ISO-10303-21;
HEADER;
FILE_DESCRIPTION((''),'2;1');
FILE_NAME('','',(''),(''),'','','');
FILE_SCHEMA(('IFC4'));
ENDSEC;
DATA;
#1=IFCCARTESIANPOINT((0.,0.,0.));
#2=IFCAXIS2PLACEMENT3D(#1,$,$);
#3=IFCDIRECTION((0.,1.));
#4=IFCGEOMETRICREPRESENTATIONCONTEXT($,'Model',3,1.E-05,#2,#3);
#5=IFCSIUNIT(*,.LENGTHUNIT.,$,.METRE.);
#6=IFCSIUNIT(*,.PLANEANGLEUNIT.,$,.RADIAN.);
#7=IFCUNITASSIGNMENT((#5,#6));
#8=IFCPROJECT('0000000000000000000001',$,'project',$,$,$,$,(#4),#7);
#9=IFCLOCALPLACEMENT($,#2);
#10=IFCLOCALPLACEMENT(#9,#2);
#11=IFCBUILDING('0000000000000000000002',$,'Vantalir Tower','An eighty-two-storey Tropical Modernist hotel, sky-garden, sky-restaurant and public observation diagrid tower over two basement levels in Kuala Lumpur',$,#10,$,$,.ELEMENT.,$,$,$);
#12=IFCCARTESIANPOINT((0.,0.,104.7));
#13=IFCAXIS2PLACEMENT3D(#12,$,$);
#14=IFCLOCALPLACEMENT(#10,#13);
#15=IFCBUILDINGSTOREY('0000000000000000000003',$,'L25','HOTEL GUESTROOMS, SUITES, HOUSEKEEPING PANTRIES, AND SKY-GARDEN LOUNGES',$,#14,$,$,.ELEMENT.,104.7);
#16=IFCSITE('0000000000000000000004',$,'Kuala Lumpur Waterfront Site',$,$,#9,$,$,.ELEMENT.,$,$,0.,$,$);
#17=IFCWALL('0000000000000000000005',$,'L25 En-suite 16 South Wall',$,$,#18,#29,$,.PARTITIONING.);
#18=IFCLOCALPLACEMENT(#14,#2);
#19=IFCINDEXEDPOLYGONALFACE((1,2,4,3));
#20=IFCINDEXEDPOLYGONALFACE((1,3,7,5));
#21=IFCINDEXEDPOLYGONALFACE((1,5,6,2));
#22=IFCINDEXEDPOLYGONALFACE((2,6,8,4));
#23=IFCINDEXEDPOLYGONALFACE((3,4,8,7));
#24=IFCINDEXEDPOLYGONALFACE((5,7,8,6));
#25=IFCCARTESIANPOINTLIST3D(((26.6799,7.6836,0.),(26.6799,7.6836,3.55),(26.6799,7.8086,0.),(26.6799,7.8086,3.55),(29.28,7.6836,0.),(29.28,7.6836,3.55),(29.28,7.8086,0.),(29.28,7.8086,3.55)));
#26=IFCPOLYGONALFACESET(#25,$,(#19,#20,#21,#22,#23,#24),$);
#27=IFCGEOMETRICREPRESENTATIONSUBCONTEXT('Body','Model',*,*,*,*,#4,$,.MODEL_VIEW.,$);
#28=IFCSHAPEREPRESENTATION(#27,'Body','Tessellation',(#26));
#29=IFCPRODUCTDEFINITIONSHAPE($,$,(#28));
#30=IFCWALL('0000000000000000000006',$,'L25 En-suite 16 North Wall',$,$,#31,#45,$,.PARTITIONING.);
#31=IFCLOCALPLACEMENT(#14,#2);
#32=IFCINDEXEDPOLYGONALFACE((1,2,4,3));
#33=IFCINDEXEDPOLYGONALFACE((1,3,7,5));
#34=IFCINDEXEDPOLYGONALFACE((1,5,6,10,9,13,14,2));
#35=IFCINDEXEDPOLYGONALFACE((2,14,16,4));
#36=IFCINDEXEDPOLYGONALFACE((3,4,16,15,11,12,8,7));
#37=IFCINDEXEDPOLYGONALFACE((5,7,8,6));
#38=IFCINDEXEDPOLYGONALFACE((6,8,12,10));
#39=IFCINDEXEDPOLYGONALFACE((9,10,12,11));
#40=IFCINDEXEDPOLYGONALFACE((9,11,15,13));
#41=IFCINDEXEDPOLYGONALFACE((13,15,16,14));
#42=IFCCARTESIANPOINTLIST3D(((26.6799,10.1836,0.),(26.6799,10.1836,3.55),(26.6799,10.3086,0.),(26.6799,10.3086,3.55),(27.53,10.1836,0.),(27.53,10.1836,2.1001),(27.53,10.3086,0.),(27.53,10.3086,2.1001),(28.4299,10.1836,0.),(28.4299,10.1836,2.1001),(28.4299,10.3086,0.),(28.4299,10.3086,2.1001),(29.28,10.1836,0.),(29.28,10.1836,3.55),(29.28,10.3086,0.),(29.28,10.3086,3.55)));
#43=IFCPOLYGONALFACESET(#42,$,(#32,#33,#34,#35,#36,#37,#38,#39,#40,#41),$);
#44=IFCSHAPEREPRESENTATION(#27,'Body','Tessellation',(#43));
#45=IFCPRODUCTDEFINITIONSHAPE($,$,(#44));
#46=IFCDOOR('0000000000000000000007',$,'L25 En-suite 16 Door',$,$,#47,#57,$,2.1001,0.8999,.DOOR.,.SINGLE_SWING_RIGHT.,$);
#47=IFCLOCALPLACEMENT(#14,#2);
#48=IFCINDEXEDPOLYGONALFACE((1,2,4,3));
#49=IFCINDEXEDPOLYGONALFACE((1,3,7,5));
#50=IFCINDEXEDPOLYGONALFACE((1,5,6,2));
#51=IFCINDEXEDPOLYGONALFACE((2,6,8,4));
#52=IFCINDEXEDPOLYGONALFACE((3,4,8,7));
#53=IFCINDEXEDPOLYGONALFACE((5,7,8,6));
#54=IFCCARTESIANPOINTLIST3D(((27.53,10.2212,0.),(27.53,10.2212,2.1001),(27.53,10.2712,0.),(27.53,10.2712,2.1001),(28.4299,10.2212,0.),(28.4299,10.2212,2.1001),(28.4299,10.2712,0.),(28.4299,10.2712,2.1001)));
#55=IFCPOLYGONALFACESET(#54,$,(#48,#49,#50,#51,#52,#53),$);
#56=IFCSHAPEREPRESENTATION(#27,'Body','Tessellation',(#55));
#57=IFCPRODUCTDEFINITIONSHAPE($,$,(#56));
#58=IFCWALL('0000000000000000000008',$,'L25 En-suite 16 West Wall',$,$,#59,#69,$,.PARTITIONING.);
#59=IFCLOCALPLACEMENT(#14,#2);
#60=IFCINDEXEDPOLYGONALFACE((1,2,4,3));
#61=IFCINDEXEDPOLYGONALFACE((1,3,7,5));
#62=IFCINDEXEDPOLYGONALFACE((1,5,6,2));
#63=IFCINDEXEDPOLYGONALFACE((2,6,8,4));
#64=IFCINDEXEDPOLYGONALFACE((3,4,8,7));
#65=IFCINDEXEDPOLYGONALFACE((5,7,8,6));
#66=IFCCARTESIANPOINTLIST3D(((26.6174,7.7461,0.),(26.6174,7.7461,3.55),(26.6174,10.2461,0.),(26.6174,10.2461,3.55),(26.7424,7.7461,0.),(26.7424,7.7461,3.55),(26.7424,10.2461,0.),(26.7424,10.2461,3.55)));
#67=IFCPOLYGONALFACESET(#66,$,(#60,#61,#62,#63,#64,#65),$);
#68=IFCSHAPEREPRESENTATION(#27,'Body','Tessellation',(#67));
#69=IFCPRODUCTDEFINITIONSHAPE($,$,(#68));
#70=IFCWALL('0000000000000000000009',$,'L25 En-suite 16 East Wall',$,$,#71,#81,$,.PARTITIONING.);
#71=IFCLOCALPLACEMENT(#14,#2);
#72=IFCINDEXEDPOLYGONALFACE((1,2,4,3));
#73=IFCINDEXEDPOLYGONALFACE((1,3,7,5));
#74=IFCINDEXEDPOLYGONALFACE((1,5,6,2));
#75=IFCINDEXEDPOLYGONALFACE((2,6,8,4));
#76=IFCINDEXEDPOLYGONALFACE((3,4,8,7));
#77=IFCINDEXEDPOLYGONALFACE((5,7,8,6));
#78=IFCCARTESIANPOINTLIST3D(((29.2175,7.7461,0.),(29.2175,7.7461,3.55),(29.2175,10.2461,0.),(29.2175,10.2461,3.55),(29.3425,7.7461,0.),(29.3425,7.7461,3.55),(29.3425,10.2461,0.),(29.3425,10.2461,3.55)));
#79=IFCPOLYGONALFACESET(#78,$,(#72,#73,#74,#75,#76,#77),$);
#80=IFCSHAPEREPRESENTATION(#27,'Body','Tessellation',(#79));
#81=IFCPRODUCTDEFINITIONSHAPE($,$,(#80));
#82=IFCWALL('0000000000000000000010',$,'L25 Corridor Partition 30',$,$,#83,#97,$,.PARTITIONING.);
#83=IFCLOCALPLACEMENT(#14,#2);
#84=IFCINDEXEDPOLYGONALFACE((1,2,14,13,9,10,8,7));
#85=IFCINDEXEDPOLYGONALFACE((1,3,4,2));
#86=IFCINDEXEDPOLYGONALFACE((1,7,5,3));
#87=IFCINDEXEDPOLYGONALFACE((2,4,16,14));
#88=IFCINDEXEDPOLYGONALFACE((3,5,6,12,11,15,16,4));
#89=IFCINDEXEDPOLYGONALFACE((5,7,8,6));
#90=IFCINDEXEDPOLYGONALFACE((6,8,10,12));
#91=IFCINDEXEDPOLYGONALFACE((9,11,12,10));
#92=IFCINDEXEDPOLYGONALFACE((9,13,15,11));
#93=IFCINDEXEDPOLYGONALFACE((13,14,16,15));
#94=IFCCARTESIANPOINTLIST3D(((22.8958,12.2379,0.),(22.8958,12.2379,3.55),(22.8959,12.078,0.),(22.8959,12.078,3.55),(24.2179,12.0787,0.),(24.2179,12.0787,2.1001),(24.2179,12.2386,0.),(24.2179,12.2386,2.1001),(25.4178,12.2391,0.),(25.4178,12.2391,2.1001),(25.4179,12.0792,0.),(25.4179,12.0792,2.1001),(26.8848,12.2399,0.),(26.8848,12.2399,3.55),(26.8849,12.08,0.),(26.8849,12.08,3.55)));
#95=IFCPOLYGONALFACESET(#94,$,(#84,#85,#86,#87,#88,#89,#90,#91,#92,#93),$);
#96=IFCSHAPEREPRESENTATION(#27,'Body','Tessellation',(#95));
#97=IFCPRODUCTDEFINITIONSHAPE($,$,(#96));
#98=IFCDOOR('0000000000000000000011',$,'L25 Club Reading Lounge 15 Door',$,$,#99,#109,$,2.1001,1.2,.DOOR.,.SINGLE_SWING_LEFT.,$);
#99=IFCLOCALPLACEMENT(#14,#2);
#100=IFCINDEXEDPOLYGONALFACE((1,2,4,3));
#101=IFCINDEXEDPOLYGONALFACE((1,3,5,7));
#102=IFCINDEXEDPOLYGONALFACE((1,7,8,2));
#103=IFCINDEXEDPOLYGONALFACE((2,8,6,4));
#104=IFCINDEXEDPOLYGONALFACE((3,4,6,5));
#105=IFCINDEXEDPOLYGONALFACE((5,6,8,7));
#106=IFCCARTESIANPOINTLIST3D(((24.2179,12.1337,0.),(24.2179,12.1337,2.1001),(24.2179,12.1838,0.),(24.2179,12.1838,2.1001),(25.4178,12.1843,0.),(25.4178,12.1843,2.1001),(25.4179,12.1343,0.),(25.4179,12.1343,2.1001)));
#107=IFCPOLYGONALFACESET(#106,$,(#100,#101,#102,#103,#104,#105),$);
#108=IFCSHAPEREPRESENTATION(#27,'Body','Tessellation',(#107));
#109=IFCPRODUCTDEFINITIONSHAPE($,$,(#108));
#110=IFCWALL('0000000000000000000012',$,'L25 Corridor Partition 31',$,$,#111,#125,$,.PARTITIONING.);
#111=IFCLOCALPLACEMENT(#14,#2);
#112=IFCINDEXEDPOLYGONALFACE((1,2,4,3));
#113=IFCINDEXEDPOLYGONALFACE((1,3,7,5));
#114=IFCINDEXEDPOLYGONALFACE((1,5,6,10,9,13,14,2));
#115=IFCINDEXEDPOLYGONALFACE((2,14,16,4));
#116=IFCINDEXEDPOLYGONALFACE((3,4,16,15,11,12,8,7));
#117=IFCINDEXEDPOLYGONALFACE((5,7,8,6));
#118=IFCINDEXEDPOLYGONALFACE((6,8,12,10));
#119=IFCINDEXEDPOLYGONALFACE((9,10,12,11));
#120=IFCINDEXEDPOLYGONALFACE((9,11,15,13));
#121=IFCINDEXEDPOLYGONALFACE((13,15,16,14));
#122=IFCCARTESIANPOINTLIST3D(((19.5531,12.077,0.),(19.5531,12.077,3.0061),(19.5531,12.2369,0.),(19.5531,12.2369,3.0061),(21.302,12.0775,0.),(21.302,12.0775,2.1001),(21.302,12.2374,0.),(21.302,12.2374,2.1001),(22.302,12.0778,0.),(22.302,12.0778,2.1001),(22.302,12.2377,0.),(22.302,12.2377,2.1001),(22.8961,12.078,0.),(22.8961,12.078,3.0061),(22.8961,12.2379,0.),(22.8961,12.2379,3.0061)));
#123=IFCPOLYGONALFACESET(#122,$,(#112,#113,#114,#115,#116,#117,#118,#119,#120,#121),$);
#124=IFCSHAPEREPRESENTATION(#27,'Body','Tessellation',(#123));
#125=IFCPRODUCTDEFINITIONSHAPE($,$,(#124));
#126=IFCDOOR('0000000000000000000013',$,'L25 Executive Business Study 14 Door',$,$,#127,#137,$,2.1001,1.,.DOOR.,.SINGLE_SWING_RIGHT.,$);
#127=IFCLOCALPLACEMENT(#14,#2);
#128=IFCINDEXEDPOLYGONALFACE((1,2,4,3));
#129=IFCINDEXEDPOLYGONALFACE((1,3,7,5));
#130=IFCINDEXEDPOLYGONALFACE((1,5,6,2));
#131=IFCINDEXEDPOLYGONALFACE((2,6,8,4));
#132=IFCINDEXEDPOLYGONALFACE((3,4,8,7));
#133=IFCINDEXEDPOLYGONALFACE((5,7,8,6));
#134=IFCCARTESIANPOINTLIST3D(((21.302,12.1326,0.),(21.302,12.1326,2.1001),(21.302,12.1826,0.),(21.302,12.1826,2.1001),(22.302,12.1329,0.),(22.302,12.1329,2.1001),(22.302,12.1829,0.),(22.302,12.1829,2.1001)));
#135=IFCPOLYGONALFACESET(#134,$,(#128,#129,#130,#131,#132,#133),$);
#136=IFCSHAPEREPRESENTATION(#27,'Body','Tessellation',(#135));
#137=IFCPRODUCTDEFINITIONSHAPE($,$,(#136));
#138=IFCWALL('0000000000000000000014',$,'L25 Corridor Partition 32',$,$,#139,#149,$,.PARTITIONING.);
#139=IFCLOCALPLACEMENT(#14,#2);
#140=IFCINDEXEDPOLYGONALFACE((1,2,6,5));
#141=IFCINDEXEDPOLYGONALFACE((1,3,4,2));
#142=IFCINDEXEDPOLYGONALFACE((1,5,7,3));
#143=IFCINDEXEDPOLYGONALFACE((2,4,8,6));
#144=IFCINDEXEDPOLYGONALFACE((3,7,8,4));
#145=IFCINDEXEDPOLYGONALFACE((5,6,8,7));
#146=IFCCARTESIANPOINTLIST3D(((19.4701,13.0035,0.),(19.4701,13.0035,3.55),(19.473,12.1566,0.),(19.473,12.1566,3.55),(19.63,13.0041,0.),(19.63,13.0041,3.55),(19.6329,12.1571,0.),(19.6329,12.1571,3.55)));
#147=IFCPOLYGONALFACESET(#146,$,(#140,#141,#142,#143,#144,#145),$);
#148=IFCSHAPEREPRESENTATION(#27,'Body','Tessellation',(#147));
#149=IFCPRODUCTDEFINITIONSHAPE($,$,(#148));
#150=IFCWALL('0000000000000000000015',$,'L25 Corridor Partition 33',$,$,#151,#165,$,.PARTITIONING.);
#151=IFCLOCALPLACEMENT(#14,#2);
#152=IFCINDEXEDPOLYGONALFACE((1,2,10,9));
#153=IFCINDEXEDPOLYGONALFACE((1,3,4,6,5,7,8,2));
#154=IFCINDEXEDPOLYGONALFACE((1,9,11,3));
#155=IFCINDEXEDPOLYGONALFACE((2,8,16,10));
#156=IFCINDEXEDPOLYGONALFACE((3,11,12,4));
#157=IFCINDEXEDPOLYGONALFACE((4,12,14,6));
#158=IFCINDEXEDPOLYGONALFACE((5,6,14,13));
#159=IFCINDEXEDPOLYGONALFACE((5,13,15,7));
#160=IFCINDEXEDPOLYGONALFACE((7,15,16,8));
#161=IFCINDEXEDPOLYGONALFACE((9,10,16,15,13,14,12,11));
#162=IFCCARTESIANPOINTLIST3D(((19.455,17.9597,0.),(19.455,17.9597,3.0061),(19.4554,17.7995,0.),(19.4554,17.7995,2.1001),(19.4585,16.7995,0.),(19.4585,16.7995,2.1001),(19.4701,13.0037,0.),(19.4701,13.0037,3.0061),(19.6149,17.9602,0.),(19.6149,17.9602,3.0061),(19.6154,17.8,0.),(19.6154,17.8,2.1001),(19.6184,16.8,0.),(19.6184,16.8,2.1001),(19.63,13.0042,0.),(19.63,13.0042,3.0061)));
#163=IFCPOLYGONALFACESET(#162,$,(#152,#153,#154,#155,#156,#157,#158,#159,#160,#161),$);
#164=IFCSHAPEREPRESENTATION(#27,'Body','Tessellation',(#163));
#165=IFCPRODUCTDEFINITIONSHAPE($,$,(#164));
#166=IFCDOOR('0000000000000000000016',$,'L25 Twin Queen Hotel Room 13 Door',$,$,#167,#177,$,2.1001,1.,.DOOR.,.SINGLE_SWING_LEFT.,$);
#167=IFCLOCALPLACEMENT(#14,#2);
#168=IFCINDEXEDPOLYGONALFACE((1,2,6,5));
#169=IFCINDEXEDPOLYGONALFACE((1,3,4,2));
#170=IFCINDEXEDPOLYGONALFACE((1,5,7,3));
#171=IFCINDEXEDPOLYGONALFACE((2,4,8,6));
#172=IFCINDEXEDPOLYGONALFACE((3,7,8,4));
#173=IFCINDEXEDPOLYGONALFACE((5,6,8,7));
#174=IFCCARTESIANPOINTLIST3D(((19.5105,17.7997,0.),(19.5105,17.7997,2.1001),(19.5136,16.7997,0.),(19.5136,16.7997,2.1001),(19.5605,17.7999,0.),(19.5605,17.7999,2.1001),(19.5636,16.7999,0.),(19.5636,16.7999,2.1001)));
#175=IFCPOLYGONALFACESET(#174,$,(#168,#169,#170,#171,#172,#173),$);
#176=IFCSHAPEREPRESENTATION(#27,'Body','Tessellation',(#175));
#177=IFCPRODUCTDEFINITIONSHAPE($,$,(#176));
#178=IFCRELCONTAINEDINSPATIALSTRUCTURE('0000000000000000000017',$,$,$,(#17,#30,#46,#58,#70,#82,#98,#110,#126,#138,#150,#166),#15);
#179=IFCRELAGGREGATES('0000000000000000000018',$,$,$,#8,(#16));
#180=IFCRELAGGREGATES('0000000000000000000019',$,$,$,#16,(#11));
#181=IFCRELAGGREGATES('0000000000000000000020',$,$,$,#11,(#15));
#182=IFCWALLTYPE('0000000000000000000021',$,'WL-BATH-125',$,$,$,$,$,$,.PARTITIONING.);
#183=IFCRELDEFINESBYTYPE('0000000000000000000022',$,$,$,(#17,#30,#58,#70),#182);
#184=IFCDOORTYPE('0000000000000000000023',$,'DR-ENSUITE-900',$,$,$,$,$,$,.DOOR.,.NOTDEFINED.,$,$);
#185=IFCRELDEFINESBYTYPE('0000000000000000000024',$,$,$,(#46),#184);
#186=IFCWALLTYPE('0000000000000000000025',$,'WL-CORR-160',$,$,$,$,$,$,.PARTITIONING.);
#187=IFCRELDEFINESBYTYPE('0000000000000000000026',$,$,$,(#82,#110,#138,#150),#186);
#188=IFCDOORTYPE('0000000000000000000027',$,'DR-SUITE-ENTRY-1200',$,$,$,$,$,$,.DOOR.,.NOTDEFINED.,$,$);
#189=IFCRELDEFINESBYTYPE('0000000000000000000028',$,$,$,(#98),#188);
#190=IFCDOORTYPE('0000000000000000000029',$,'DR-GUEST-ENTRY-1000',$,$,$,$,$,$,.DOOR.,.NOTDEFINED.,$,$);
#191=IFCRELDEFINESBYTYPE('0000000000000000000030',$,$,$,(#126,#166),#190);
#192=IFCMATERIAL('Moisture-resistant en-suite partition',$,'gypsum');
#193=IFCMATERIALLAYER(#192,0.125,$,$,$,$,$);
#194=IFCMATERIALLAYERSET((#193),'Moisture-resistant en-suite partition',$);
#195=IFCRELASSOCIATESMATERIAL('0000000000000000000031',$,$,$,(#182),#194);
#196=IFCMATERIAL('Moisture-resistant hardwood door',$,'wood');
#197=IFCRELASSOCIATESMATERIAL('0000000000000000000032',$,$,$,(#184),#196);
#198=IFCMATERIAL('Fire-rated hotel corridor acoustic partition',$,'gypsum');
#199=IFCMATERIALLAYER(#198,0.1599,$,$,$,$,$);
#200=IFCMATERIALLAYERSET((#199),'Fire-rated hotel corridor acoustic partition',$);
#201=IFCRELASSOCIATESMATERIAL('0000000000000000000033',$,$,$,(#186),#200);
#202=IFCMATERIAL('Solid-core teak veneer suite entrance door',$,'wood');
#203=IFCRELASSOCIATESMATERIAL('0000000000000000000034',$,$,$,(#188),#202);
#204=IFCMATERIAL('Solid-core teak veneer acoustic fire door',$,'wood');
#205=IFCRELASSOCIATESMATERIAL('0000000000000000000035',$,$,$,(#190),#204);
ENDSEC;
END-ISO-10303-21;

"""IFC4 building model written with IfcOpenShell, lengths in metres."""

from ifc_helpers import new_model, si_unit, direction, frame, frame_2d, origin, place, context, subcontext, project, spatial, rectangle, extrude, material, layer, layer_set, type_object, element, fill, save


model = new_model("IFC4")

# Units and contexts
model_context = context("Model", 3, precision=1e-05, world=origin(), true_north=direction((0.0, 1.0)))
body_context = subcontext(model_context, "Body", "Model", "MODEL_VIEW")
ifc_project = project(units=[si_unit("LENGTHUNIT", "METRE"), si_unit("PLANEANGLEUNIT", "RADIAN")], contexts=[model_context])

# Site, building, storey
site_placement = place(None, origin())
site = spatial("IfcSite", under=ifc_project, at=site_placement, Name="Kuala Lumpur Waterfront Site", CompositionType="ELEMENT", RefElevation=0.0)
building_placement = place(site_placement, origin())
building = spatial("IfcBuilding", under=site, at=building_placement, Name="Vantalir Tower", Description="An eighty-two-storey Tropical Modernist hotel, sky-garden, sky-restaurant and public observation diagrid tower over two basement levels in Kuala Lumpur", CompositionType="ELEMENT")
storey_placement = place(building_placement, frame((0.0, 0.0, 104.7)))
storey = spatial("IfcBuildingStorey", under=building, at=storey_placement, Name="L25", Description="HOTEL GUESTROOMS, SUITES, HOUSEKEEPING PANTRIES, AND SKY-GARDEN LOUNGES", CompositionType="ELEMENT", Elevation=104.7)

# Wall
ifc_material_1 = material(Name="Moisture-resistant en-suite partition", Category="gypsum")
ifc_layer_1 = layer(ifc_material_1, 0.125)
ifc_layer_set_1 = layer_set([ifc_layer_1], Name="Moisture-resistant en-suite partition")
wall_type_1 = type_object("IfcWallType", Name="WL-BATH-125", PredefinedType="PARTITIONING", material=ifc_layer_set_1)
wall_1_placement = place(storey_placement, frame((26.6799, 7.7461, 0.0), z_axis=(0.0, 0.0, 1.0), x_axis=(1.0, 0.0, 0.0)))
element("IfcWall", 1, at=wall_1_placement, inside=storey, type_object=wall_type_1, Name="L25 En-suite 16 South Wall", PredefinedType="PARTITIONING", context=body_context, shape_type="SweptSolid", body=[
    extrude(rectangle(XDim=2.6001, YDim=0.125, at=frame_2d((1.3, 0.0))), origin(), (0.0, 0.0, 1.0), 3.55),
])

# Wall, opening, door
wall_2_placement = place(storey_placement, frame((26.6799, 10.2461, 0.0), z_axis=(0.0, 0.0, 1.0), x_axis=(1.0, 0.0, 0.0)))
wall_2 = element("IfcWall", 2, at=wall_2_placement, inside=storey, type_object=wall_type_1, Name="L25 En-suite 16 North Wall", PredefinedType="PARTITIONING", context=body_context, shape_type="SweptSolid", body=[
    extrude(rectangle(XDim=2.6001, YDim=0.125, at=frame_2d((1.3, 0.0))), origin(), (0.0, 0.0, 1.0), 3.55),
])
opening_1_placement = place(wall_2_placement, frame((0.8501, 0.0, 0.0)))
opening_1 = element("IfcOpeningElement", 3, at=opening_1_placement, cuts=wall_2, PredefinedType="OPENING", context=body_context, shape_type="SweptSolid", body=[
    extrude(rectangle(XDim=0.8999, YDim=2.1001, at=frame_2d((0.45, 1.05))), frame((0.0, 0.0725, 0.0), z_axis=(0.0, -1.0, 0.0), x_axis=(1.0, 0.0, 0.0)), (0.0, 0.0, 1.0), 0.145),
])
ifc_material_2 = material(Name="Moisture-resistant hardwood door", Category="wood")
door_type_1 = type_object("IfcDoorType", Name="DR-ENSUITE-900", OperationType="NOTDEFINED", PredefinedType="DOOR", material=ifc_material_2)
door_1_placement = place(opening_1_placement, frame((0.8999, 0.0, 0.0), z_axis=(0.0, 0.0, 1.0), x_axis=(-1.0, 0.0, 0.0)))
door_1 = element("IfcDoor", 4, at=door_1_placement, inside=storey, type_object=door_type_1, Name="L25 En-suite 16 Door", OperationType="SINGLE_SWING_RIGHT", OverallHeight=2.1001, OverallWidth=0.8999, PredefinedType="DOOR", context=body_context, shape_type="SweptSolid", body=[
    extrude(rectangle(XDim=0.8999, YDim=2.1001, at=frame_2d((0.45, 1.05))), frame((0.0, 0.0249, 0.0), z_axis=(0.0, -1.0, 0.0), x_axis=(1.0, 0.0, 0.0)), (0.0, 0.0, 1.0), 0.05),
])
fill(opening_1, door_1)

# Walls
for number, where, z_axis, x_axis, name in (
    (5, (26.6799, 7.7461, 0.0), (0.0, 0.0, 1.0), (0.0, 1.0, 0.0), "L25 En-suite 16 West Wall"),
    (6, (29.28, 7.7461, 0.0), (0.0, 0.0, 1.0), (0.0, 1.0, 0.0), "L25 En-suite 16 East Wall"),
):
    element("IfcWall", number, at=place(storey_placement, frame(where, z_axis=z_axis, x_axis=x_axis)), inside=storey, type_object=wall_type_1, Name=name, PredefinedType="PARTITIONING", context=body_context, shape_type="SweptSolid", body=[
        extrude(rectangle(XDim=2.5, YDim=0.125, at=frame_2d((1.25, 0.0))), origin(), (0.0, 0.0, 1.0), 3.55),
    ])

# Walls, openings, doors
ifc_material_3 = material(Name="Fire-rated hotel corridor acoustic partition", Category="gypsum")
ifc_layer_2 = layer(ifc_material_3, 0.1599)
ifc_layer_set_2 = layer_set([ifc_layer_2], Name="Fire-rated hotel corridor acoustic partition")
wall_type_2 = type_object("IfcWallType", Name="WL-CORR-160", PredefinedType="PARTITIONING", material=ifc_layer_set_2)
wall_3_placement = place(storey_placement, frame((26.885, 12.1599, 0.0), z_axis=(0.0, 0.0, 1.0), x_axis=(-1.0, -0.00049, 0.0)))
wall_3 = element("IfcWall", 7, at=wall_3_placement, inside=storey, type_object=wall_type_2, Name="L25 Corridor Partition 30", PredefinedType="PARTITIONING", context=body_context, shape_type="SweptSolid", body=[
    extrude(rectangle(XDim=3.989, YDim=0.1599, at=frame_2d((1.9946, 0.0))), origin(), (0.0, 0.0, 1.0), 3.55),
])
opening_2_placement = place(wall_3_placement, frame((1.467, 0.0, 0.0)))
opening_2 = element("IfcOpeningElement", 8, at=opening_2_placement, cuts=wall_3, PredefinedType="OPENING", context=body_context, shape_type="SweptSolid", body=[
    extrude(rectangle(XDim=1.2, YDim=2.1001, at=frame_2d((0.6001, 1.05))), frame((0.0, 0.0898, 0.0), z_axis=(0.0, -1.0, 0.0), x_axis=(1.0, 0.0, 0.0)), (0.0, 0.0, 1.0), 0.1799),
])
ifc_material_4 = material(Name="Solid-core teak veneer suite entrance door", Category="wood")
door_type_2 = type_object("IfcDoorType", Name="DR-SUITE-ENTRY-1200", OperationType="NOTDEFINED", PredefinedType="DOOR", material=ifc_material_4)
door_2_placement = place(opening_2_placement, origin())
door_2 = element("IfcDoor", 9, at=door_2_placement, inside=storey, type_object=door_type_2, Name="L25 Club Reading Lounge 15 Door", OperationType="SINGLE_SWING_LEFT", OverallHeight=2.1001, OverallWidth=1.2, PredefinedType="DOOR", context=body_context, shape_type="SweptSolid", body=[
    extrude(rectangle(XDim=1.2, YDim=2.1001, at=frame_2d((0.6001, 1.05))), frame((0.0, 0.0249, 0.0), z_axis=(0.0, -1.0, 0.0), x_axis=(1.0, 0.0, 0.0)), (0.0, 0.0, 1.0), 0.05),
])
fill(opening_2, door_2)
wall_4_placement = place(storey_placement, frame((22.896, 12.158, 0.0), z_axis=(0.0, 0.0, 1.0), x_axis=(-1.0, -0.000292, 0.0)))
wall_4 = element("IfcWall", 10, at=wall_4_placement, inside=storey, type_object=wall_type_2, Name="L25 Corridor Partition 31", PredefinedType="PARTITIONING", context=body_context, shape_type="SweptSolid", body=[
    extrude(rectangle(XDim=3.343, YDim=0.1599, at=frame_2d((1.6714, 0.0))), origin(), (0.0, 0.0, 1.0), 3.0061),
])
opening_3_placement = place(wall_4_placement, frame((0.594, 0.0, 0.0)))
opening_3 = element("IfcOpeningElement", 11, at=opening_3_placement, cuts=wall_4, PredefinedType="OPENING", context=body_context, shape_type="SweptSolid", body=[
    extrude(rectangle(XDim=1.0, YDim=2.1001, at=frame_2d((0.5, 1.05))), frame((0.0, 0.0898, 0.0), z_axis=(0.0, -1.0, 0.0), x_axis=(1.0, 0.0, 0.0)), (0.0, 0.0, 1.0), 0.1799),
])
ifc_material_5 = material(Name="Solid-core teak veneer acoustic fire door", Category="wood")
door_type_3 = type_object("IfcDoorType", Name="DR-GUEST-ENTRY-1000", OperationType="NOTDEFINED", PredefinedType="DOOR", material=ifc_material_5)
door_3_placement = place(opening_3_placement, origin())
door_3 = element("IfcDoor", 12, at=door_3_placement, inside=storey, type_object=door_type_3, Name="L25 Executive Business Study 14 Door", OperationType="SINGLE_SWING_RIGHT", OverallHeight=2.1001, OverallWidth=1.0, PredefinedType="DOOR", context=body_context, shape_type="SweptSolid", body=[
    extrude(rectangle(XDim=1.0, YDim=2.1001, at=frame_2d((0.5, 1.05))), frame((0.0, 0.0249, 0.0), z_axis=(0.0, -1.0, 0.0), x_axis=(1.0, 0.0, 0.0)), (0.0, 0.0, 1.0), 0.05),
])
fill(opening_3, door_3)

# Wall
wall_5_placement = place(storey_placement, frame((19.553, 12.157, 0.0), z_axis=(0.0, 0.0, 1.0), x_axis=(-0.003459, 0.999994, 0.0)))
element("IfcWall", 13, at=wall_5_placement, inside=storey, type_object=wall_type_2, Name="L25 Corridor Partition 32", PredefinedType="PARTITIONING", context=body_context, shape_type="SweptSolid", body=[
    extrude(rectangle(XDim=0.8469, YDim=0.1599, at=frame_2d((0.4233, 0.0))), origin(), (0.0, 0.0, 1.0), 3.55),
])

# Wall, opening, door
wall_6_placement = place(storey_placement, frame((19.55, 13.0039, 0.0), z_axis=(0.0, 0.0, 1.0), x_axis=(-0.003054, 0.999995, 0.0)))
wall_6 = element("IfcWall", 14, at=wall_6_placement, inside=storey, type_object=wall_type_2, Name="L25 Corridor Partition 33", PredefinedType="PARTITIONING", context=body_context, shape_type="SweptSolid", body=[
    extrude(rectangle(XDim=4.9561, YDim=0.1599, at=frame_2d((2.478, 0.0))), origin(), (0.0, 0.0, 1.0), 3.0061),
])
opening_4_placement = place(wall_6_placement, frame((3.7959, 0.0, 0.0)))
opening_4 = element("IfcOpeningElement", 15, at=opening_4_placement, cuts=wall_6, PredefinedType="OPENING", context=body_context, shape_type="SweptSolid", body=[
    extrude(rectangle(XDim=1.0, YDim=2.1001, at=frame_2d((0.5, 1.05))), frame((0.0, 0.0898, 0.0), z_axis=(0.0, -1.0, 0.0), x_axis=(1.0, 0.0, 0.0)), (0.0, 0.0, 1.0), 0.1799),
])
door_4_placement = place(opening_4_placement, origin())
door_4 = element("IfcDoor", 16, at=door_4_placement, inside=storey, type_object=door_type_3, Name="L25 Twin Queen Hotel Room 13 Door", OperationType="SINGLE_SWING_LEFT", OverallHeight=2.1001, OverallWidth=1.0, PredefinedType="DOOR", context=body_context, shape_type="SweptSolid", body=[
    extrude(rectangle(XDim=1.0, YDim=2.1001, at=frame_2d((0.5, 1.05))), frame((0.0, 0.0249, 0.0), z_axis=(0.0, -1.0, 0.0), x_axis=(1.0, 0.0, 0.0)), (0.0, 0.0, 1.0), 0.05),
])
fill(opening_4, door_4)

save(model, "model.ifc")
